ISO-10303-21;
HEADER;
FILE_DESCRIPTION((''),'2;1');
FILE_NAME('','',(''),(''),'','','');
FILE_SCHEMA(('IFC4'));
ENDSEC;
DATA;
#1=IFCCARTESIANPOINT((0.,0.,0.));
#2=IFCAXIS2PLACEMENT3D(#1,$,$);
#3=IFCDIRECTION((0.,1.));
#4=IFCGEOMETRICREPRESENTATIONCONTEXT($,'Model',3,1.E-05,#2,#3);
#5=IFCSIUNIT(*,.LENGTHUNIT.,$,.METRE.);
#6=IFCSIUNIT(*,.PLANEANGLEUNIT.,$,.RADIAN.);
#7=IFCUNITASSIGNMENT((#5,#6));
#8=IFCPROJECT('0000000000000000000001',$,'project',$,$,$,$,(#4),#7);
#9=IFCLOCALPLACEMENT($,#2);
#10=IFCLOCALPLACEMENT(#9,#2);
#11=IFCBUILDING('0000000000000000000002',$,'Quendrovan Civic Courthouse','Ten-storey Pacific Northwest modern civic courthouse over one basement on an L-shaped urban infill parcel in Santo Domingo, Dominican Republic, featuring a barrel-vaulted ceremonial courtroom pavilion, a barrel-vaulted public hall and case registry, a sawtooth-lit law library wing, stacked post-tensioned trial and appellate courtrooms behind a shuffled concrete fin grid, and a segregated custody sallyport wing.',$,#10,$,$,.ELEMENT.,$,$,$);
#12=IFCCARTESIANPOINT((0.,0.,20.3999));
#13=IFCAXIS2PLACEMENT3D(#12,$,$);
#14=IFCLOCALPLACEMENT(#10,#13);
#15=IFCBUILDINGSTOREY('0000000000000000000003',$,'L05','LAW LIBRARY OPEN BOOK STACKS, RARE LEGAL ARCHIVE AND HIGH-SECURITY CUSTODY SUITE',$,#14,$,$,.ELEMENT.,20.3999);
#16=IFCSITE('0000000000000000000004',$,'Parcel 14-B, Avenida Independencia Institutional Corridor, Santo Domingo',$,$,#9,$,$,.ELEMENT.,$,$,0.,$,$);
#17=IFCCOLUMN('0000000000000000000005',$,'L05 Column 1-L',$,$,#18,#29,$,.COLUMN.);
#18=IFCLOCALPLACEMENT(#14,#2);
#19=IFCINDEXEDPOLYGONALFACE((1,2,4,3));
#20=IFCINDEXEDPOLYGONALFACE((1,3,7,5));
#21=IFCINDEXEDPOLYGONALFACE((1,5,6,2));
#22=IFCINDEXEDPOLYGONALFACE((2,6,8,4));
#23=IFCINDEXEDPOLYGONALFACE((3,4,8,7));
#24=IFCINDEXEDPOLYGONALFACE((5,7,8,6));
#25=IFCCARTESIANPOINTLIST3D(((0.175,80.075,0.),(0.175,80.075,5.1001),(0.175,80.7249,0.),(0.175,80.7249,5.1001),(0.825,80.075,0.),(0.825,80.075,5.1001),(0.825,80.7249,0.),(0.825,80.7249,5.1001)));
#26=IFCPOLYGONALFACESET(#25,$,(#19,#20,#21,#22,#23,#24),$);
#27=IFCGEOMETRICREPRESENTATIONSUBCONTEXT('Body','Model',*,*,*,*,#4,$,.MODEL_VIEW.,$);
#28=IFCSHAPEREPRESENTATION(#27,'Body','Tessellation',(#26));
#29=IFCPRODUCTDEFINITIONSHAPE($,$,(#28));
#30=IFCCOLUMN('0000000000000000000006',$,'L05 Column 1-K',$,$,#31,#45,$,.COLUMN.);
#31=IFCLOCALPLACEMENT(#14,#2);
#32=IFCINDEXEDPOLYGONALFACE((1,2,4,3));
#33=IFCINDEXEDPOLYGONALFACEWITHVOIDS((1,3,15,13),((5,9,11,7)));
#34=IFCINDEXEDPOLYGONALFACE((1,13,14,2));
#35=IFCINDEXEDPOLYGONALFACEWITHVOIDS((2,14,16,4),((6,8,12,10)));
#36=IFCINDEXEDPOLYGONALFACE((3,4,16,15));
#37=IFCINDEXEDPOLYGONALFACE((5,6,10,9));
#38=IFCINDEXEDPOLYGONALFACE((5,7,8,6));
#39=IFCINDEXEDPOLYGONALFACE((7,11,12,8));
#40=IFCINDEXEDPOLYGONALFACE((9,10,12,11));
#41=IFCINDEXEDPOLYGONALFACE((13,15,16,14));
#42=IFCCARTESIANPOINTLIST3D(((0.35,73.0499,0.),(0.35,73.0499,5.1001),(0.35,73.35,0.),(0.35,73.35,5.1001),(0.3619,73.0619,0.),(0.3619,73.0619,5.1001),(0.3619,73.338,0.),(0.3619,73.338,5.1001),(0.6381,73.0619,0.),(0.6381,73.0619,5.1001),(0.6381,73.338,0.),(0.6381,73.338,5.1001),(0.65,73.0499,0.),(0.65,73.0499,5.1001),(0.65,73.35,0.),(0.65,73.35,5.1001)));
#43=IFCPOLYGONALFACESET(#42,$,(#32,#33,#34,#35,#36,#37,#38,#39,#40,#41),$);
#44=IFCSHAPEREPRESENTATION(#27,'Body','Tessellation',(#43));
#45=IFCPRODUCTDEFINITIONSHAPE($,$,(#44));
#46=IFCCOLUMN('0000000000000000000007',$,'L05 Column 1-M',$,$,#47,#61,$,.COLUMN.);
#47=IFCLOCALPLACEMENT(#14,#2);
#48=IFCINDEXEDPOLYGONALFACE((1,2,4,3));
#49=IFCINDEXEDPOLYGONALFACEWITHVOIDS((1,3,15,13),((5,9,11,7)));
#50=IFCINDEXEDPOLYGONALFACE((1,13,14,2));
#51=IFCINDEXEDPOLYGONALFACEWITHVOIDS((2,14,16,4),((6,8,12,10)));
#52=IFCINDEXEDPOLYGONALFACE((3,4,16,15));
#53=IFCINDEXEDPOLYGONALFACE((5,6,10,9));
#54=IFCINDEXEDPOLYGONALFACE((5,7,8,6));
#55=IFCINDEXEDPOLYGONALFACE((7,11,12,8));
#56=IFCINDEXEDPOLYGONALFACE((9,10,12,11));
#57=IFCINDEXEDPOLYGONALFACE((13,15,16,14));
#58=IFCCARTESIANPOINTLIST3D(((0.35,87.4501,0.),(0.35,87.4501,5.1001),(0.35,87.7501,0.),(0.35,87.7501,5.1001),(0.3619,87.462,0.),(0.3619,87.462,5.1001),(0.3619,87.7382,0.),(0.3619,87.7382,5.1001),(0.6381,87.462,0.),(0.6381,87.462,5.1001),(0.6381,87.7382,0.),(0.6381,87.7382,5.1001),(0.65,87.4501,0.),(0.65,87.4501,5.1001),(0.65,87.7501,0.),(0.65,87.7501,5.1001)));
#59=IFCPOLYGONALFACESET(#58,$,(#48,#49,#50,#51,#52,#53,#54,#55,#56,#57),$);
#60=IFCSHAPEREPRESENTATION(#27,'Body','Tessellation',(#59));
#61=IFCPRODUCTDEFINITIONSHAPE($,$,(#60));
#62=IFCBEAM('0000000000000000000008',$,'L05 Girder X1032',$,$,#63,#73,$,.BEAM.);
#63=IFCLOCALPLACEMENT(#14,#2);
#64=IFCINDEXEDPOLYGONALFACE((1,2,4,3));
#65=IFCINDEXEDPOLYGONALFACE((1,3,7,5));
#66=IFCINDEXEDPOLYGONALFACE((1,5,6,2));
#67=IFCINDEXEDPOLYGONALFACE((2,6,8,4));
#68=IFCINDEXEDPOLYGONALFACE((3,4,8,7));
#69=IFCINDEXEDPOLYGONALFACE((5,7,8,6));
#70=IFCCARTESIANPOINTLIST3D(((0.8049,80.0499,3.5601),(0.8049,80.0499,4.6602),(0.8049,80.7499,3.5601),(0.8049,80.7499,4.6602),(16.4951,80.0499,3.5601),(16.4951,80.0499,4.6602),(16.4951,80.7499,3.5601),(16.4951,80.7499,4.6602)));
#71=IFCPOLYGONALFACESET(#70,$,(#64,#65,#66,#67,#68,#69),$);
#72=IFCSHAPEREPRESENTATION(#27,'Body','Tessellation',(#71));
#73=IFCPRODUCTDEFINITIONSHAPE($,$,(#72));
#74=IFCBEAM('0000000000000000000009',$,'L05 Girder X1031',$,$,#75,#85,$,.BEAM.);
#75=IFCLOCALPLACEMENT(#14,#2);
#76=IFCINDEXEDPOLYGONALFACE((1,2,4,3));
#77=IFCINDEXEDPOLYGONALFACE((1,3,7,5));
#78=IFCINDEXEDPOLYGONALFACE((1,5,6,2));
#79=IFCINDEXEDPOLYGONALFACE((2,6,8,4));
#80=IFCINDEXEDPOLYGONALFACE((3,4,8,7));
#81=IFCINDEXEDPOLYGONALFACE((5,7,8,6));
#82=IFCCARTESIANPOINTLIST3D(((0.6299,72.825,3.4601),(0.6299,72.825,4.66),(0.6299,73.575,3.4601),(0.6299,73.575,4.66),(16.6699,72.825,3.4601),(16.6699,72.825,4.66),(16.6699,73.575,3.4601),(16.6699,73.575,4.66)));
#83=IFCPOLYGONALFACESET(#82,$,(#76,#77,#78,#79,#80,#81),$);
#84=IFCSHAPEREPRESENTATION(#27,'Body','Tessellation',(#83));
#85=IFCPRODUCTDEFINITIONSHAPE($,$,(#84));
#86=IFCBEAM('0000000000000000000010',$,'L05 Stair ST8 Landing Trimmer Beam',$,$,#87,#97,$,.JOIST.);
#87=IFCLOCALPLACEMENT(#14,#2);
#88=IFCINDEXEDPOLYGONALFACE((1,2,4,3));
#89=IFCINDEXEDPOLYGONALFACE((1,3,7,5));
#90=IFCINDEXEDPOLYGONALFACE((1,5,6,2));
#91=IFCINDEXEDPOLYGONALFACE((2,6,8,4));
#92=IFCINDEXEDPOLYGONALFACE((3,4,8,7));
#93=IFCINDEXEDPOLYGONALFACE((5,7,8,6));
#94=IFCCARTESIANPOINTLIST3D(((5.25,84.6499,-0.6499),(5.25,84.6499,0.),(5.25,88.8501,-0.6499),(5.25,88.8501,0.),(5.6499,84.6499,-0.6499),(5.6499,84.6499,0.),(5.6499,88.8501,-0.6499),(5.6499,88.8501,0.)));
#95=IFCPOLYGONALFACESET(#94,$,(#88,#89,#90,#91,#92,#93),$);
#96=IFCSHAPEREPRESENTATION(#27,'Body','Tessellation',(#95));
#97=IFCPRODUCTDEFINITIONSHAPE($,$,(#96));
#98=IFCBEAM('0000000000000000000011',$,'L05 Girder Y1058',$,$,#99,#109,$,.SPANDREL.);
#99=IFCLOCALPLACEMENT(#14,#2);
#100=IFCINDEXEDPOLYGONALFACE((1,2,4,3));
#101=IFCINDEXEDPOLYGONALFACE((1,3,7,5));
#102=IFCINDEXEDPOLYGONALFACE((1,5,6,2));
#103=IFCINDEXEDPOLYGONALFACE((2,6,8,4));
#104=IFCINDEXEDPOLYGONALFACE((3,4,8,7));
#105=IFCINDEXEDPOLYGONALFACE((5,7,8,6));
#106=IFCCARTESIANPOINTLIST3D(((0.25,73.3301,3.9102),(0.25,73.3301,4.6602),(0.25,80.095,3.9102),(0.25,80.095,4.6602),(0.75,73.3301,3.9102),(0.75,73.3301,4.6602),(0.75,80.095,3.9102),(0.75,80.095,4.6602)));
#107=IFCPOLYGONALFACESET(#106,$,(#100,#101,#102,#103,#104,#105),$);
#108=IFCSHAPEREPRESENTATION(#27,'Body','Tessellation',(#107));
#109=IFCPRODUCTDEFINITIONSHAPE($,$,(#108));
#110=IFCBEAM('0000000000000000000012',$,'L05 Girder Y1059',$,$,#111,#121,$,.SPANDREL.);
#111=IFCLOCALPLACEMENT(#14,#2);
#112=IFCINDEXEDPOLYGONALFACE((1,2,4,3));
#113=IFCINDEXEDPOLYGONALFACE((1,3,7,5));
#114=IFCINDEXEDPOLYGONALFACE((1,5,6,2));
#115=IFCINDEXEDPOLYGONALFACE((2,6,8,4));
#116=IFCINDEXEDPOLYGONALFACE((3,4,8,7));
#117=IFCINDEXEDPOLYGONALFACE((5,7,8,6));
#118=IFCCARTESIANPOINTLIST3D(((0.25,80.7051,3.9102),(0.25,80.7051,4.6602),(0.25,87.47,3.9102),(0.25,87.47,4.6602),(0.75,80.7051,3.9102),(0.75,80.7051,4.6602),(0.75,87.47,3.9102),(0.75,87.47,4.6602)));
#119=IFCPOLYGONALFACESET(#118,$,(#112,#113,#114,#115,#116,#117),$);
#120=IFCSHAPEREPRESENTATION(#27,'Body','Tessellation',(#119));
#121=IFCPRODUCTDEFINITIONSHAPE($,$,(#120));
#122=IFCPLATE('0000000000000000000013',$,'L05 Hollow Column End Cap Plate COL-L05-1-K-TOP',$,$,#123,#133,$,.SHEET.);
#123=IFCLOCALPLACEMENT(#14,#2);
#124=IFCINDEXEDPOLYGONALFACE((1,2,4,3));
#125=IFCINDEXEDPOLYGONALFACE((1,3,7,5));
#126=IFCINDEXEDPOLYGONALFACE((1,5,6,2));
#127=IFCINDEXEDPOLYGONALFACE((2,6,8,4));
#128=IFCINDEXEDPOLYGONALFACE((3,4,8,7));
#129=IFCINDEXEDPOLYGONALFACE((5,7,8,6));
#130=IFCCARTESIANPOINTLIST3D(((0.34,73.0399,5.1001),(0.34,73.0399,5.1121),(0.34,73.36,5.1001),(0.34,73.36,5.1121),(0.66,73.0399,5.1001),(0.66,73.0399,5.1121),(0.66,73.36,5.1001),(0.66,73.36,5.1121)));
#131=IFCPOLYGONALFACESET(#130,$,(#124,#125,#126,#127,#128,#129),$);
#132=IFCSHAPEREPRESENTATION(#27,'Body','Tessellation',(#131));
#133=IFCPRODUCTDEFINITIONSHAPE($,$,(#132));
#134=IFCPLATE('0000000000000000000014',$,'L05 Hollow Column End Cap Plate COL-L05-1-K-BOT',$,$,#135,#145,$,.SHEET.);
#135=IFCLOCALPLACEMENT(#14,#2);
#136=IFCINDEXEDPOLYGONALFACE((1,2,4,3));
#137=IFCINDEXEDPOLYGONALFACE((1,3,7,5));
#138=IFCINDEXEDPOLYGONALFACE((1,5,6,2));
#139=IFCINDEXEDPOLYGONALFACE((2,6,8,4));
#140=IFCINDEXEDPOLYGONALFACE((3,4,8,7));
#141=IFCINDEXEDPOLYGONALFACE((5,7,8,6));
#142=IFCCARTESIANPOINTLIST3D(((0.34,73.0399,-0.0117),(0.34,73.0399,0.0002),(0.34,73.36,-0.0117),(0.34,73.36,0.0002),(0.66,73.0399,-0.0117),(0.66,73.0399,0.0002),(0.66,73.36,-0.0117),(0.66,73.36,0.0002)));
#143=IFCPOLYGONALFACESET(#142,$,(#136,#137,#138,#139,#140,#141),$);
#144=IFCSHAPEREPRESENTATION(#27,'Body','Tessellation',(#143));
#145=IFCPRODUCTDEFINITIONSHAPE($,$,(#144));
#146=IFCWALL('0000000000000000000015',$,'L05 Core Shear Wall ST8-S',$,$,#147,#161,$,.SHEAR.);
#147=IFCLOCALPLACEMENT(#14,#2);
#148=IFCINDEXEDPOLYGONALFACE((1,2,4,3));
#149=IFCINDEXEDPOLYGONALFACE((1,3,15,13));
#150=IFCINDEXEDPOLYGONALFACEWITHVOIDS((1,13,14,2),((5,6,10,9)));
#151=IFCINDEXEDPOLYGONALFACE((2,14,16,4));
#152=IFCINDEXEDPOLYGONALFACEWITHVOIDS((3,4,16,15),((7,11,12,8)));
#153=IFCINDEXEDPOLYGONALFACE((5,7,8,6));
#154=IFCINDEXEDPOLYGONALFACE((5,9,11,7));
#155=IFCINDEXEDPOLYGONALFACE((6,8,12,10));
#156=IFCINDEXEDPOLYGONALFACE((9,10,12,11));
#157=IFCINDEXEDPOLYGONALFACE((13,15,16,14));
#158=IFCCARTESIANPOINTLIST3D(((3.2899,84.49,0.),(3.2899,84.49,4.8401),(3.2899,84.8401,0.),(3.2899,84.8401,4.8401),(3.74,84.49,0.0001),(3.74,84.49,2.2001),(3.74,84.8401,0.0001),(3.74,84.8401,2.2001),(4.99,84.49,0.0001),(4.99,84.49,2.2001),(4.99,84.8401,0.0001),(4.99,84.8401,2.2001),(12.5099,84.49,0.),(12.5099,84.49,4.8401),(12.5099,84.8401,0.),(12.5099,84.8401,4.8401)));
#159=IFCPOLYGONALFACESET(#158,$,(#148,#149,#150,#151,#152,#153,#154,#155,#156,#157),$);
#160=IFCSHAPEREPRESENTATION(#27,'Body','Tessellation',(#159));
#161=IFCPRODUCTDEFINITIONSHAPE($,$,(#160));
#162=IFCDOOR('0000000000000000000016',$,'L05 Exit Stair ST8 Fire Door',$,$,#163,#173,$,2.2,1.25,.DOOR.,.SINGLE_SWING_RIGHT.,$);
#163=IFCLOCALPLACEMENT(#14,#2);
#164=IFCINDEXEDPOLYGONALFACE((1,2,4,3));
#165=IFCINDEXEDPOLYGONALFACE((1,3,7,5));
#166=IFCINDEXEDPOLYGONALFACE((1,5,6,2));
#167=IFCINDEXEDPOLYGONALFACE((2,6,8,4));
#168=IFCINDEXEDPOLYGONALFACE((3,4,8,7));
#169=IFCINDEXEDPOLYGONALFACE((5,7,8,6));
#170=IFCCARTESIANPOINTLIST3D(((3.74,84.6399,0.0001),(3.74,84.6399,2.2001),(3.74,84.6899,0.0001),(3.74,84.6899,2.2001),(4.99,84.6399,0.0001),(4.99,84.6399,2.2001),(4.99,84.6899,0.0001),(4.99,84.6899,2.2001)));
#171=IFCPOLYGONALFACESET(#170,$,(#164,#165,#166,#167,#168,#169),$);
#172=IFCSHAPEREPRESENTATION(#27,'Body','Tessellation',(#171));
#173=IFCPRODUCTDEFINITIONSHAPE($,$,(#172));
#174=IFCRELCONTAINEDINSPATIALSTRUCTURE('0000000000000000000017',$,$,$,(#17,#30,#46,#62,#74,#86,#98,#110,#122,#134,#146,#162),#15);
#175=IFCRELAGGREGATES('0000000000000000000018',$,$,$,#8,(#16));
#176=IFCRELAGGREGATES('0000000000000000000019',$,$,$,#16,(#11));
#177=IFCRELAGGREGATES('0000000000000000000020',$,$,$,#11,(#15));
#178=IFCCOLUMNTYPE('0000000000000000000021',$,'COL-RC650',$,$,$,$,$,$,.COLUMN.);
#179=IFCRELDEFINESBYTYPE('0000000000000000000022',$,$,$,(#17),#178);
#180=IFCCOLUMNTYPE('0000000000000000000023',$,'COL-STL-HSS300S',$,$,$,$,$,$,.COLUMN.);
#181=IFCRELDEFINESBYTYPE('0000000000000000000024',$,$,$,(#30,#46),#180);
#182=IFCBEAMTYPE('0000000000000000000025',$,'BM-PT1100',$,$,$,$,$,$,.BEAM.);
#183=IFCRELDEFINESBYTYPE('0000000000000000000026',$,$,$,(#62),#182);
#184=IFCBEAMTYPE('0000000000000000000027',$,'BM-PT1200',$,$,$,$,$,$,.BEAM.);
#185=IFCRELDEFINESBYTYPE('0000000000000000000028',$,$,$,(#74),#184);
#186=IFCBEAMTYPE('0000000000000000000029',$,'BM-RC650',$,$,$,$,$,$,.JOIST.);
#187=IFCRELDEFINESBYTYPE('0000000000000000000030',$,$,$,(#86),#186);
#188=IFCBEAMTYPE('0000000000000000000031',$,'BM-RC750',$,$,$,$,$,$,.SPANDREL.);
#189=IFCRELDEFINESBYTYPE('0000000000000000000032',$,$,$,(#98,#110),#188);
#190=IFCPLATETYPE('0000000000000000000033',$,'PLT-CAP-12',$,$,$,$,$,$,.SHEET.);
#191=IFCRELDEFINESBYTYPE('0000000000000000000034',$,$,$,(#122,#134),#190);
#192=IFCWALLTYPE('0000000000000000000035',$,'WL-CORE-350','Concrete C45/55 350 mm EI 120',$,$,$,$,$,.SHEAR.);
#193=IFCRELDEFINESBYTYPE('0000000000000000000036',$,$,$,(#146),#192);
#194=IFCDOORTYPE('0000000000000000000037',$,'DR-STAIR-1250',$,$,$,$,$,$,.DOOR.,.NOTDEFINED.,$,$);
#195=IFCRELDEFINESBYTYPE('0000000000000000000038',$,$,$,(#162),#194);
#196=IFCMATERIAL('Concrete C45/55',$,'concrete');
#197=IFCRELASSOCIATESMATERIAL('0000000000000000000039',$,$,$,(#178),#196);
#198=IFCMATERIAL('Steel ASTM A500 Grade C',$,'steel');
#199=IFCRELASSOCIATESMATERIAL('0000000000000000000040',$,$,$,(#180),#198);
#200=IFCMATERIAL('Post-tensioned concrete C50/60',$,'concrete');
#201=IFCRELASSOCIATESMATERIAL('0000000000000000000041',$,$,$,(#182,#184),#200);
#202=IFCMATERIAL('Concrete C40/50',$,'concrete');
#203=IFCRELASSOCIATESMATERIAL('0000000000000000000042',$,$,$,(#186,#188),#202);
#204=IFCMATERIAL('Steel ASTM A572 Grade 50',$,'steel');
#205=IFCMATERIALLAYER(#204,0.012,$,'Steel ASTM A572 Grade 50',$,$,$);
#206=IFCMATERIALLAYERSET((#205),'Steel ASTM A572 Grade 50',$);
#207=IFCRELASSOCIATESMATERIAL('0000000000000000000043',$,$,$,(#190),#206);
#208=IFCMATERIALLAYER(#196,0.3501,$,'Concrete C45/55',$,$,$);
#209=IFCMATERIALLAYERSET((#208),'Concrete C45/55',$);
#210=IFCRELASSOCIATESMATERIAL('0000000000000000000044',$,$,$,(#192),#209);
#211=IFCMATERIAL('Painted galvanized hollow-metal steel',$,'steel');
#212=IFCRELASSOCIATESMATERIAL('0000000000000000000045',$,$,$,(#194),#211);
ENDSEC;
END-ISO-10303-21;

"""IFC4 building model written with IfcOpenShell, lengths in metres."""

from ifc_helpers import new_model, si_unit, direction, frame, frame_2d, origin, origin_2d, place, context, subcontext, project, spatial, rectangle, hollow_rectangle, extrude, material, layer, layer_set, material_profile, profile_set, type_object, element, fill, save


model = new_model("IFC4")

# Units and contexts
model_context = context("Model", 3, precision=1e-05, world=origin(), true_north=direction((0.0, 1.0)))
body_context = subcontext(model_context, "Body", "Model", "MODEL_VIEW")
ifc_project = project(units=[si_unit("LENGTHUNIT", "METRE"), si_unit("PLANEANGLEUNIT", "RADIAN")], contexts=[model_context])

# Site, building, storey
site_placement = place(None, origin())
site = spatial("IfcSite", under=ifc_project, at=site_placement, Name="Parcel 14-B, Avenida Independencia Institutional Corridor, Santo Domingo", CompositionType="ELEMENT", RefElevation=0.0)
building_placement = place(site_placement, origin())
building = spatial("IfcBuilding", under=site, at=building_placement, Name="Quendrovan Civic Courthouse", Description="Ten-storey Pacific Northwest modern civic courthouse over one basement on an L-shaped urban infill parcel in Santo Domingo, Dominican Republic, featuring a barrel-vaulted ceremonial courtroom pavilion, a barrel-vaulted public hall and case registry, a sawtooth-lit law library wing, stacked post-tensioned trial and appellate courtrooms behind a shuffled concrete fin grid, and a segregated custody sallyport wing.", CompositionType="ELEMENT")
storey_placement = place(building_placement, frame((0.0, 0.0, 20.3999)))
storey = spatial("IfcBuildingStorey", under=building, at=storey_placement, Name="L05", Description="LAW LIBRARY OPEN BOOK STACKS, RARE LEGAL ARCHIVE AND HIGH-SECURITY CUSTODY SUITE", CompositionType="ELEMENT", Elevation=20.3999)

# Columns
ifc_material_1 = material(Name="Concrete C45/55", Category="concrete")
ifc_material_profile_1 = material_profile(ifc_material_1, rectangle(XDim=0.6499, YDim=0.6499, at=origin_2d()), Name="RC-COL-650x650")
ifc_profile_set_1 = profile_set([ifc_material_profile_1], Name="Concrete C45/55")
column_type_1 = type_object("IfcColumnType", Name="COL-RC650", PredefinedType="COLUMN", material=ifc_profile_set_1)
column_placement = place(storey_placement, frame((0.5, 80.3999, 0.0), z_axis=(0.0, 0.0, 1.0), x_axis=(1.0, 0.0, 0.0)))
element("IfcColumn", 1, at=column_placement, inside=storey, type_object=column_type_1, Name="L05 Column 1-L", PredefinedType="COLUMN", context=body_context, shape_type="SweptSolid", body=[
    extrude(rectangle(XDim=0.6499, YDim=0.6499, at=origin_2d()), origin(), (0.0, 0.0, 1.0), 5.1001),
])
ifc_material_2 = material(Name="Steel ASTM A500 Grade C", Category="steel")
ifc_material_profile_2 = material_profile(ifc_material_2, hollow_rectangle(XDim=0.3, YDim=0.3, WallThickness=0.012, at=origin_2d()), Name="HSS300x300x12")
ifc_profile_set_2 = profile_set([ifc_material_profile_2], Name="Steel ASTM A500 Grade C")
column_type_2 = type_object("IfcColumnType", Name="COL-STL-HSS300S", PredefinedType="COLUMN", material=ifc_profile_set_2)
for number, where, z_axis, x_axis, name in (
    (2, (0.5, 73.2, 0.0), (0.0, 0.0, 1.0), (1.0, 0.0, 0.0), "L05 Column 1-K"),
    (3, (0.5, 87.6001, 0.0), (0.0, 0.0, 1.0), (1.0, 0.0, 0.0), "L05 Column 1-M"),
):
    element("IfcColumn", number, at=place(storey_placement, frame(where, z_axis=z_axis, x_axis=x_axis)), inside=storey, type_object=column_type_2, Name=name, PredefinedType="COLUMN", context=body_context, shape_type="SweptSolid", body=[
        extrude(hollow_rectangle(XDim=0.3, YDim=0.3, WallThickness=0.012, at=origin_2d()), origin(), (0.0, 0.0, 1.0), 5.1001),
    ])

# Beams
ifc_material_3 = material(Name="Post-tensioned concrete C50/60", Category="concrete")
ifc_material_profile_3 = material_profile(ifc_material_3, rectangle(XDim=0.7, YDim=1.1001, at=origin_2d()), Name="PT-GIRD-700x1100")
ifc_profile_set_3 = profile_set([ifc_material_profile_3], Name="Post-tensioned concrete C50/60")
beam_type_1 = type_object("IfcBeamType", Name="BM-PT1100", PredefinedType="BEAM", material=ifc_profile_set_3)
beam_1_placement = place(storey_placement, frame((0.8049, 80.3999, 4.1101), z_axis=(1.0, 0.0, 0.0), x_axis=(0.0, 1.0, 0.0)))
element("IfcBeam", 4, at=beam_1_placement, inside=storey, type_object=beam_type_1, Name="L05 Girder X1032", PredefinedType="BEAM", context=body_context, shape_type="SweptSolid", body=[
    extrude(rectangle(XDim=0.7, YDim=1.1001, at=origin_2d()), origin(), (0.0, 0.0, 1.0), 15.6902),
])
ifc_material_profile_4 = material_profile(ifc_material_3, rectangle(XDim=0.75, YDim=1.2, at=origin_2d()), Name="PT-GIRD-750x1200")
ifc_profile_set_4 = profile_set([ifc_material_profile_4], Name="Post-tensioned concrete C50/60")
beam_type_2 = type_object("IfcBeamType", Name="BM-PT1200", PredefinedType="BEAM", material=ifc_profile_set_4)
beam_2_placement = place(storey_placement, frame((0.6299, 73.2, 4.0601), z_axis=(1.0, 0.0, 0.0), x_axis=(0.0, 1.0, 0.0)))
element("IfcBeam", 5, at=beam_2_placement, inside=storey, type_object=beam_type_2, Name="L05 Girder X1031", PredefinedType="BEAM", context=body_context, shape_type="SweptSolid", body=[
    extrude(rectangle(XDim=0.75, YDim=1.2, at=origin_2d()), origin(), (0.0, 0.0, 1.0), 16.04),
])
ifc_material_4 = material(Name="Concrete C40/50", Category="concrete")
ifc_material_profile_5 = material_profile(ifc_material_4, rectangle(XDim=0.3999, YDim=0.6499, at=origin_2d()), Name="RC-BM-400x650")
ifc_profile_set_5 = profile_set([ifc_material_profile_5], Name="Concrete C40/50")
beam_type_3 = type_object("IfcBeamType", Name="BM-RC650", PredefinedType="JOIST", material=ifc_profile_set_5)
beam_3_placement = place(storey_placement, frame((5.45, 84.6499, -0.325), z_axis=(0.0, 1.0, 0.0), x_axis=(-1.0, 0.0, 0.0)))
element("IfcBeam", 6, at=beam_3_placement, inside=storey, type_object=beam_type_3, Name="L05 Stair ST8 Landing Trimmer Beam", PredefinedType="JOIST", context=body_context, shape_type="SweptSolid", body=[
    extrude(rectangle(XDim=0.3999, YDim=0.6499, at=origin_2d()), origin(), (0.0, 0.0, 1.0), 4.2002),
])
ifc_material_profile_6 = material_profile(ifc_material_4, rectangle(XDim=0.5, YDim=0.75, at=origin_2d()), Name="RC-BM-500x750")
ifc_profile_set_6 = profile_set([ifc_material_profile_6], Name="Concrete C40/50")
beam_type_4 = type_object("IfcBeamType", Name="BM-RC750", PredefinedType="SPANDREL", material=ifc_profile_set_6)
for number, where, z_axis, x_axis, name in (
    (7, (0.5, 73.3301, 4.2852), (0.0, 1.0, 0.0), (-1.0, 0.0, 0.0), "L05 Girder Y1058"),
    (8, (0.5, 80.7051, 4.2852), (0.0, 1.0, 0.0), (-1.0, 0.0, 0.0), "L05 Girder Y1059"),
):
    element("IfcBeam", number, at=place(storey_placement, frame(where, z_axis=z_axis, x_axis=x_axis)), inside=storey, type_object=beam_type_4, Name=name, PredefinedType="SPANDREL", context=body_context, shape_type="SweptSolid", body=[
        extrude(rectangle(XDim=0.5, YDim=0.75, at=origin_2d()), origin(), (0.0, 0.0, 1.0), 6.7649),
    ])

# Plates
ifc_material_5 = material(Name="Steel ASTM A572 Grade 50", Category="steel")
ifc_layer_1 = layer(ifc_material_5, 0.012, Name="Steel ASTM A572 Grade 50")
ifc_layer_set_1 = layer_set([ifc_layer_1], Name="Steel ASTM A572 Grade 50")
plate_type = type_object("IfcPlateType", Name="PLT-CAP-12", PredefinedType="SHEET", material=ifc_layer_set_1)
for number, where, z_axis, x_axis, name in (
    (9, (0.5, 73.2, 5.1001), (0.0, 0.0, 1.0), (1.0, 0.0, 0.0), "L05 Hollow Column End Cap Plate COL-L05-1-K-TOP"),
    (10, (0.5, 73.2, -0.0117), (0.0, 0.0, 1.0), (1.0, 0.0, 0.0), "L05 Hollow Column End Cap Plate COL-L05-1-K-BOT"),
):
    element("IfcPlate", number, at=place(storey_placement, frame(where, z_axis=z_axis, x_axis=x_axis)), inside=storey, type_object=plate_type, Name=name, PredefinedType="SHEET", context=body_context, shape_type="SweptSolid", body=[
        extrude(rectangle(XDim=0.3201, YDim=0.3201, at=origin_2d()), origin(), (0.0, 0.0, 1.0), 0.012),
    ])

# Wall, opening, door
ifc_layer_2 = layer(ifc_material_1, 0.3501, Name="Concrete C45/55")
ifc_layer_set_2 = layer_set([ifc_layer_2], Name="Concrete C45/55")
wall_type_1 = type_object("IfcWallType", Name="WL-CORE-350", Description="Concrete C45/55 350 mm EI 120", PredefinedType="SHEAR", material=ifc_layer_set_2)
wall_1_placement = place(storey_placement, frame((3.29, 84.665, 0.0), z_axis=(0.0, 0.0, 1.0), x_axis=(1.0, 0.0, 0.0)))
wall_1 = element("IfcWall", 11, at=wall_1_placement, inside=storey, type_object=wall_type_1, Name="L05 Core Shear Wall ST8-S", PredefinedType="SHEAR", context=body_context, shape_type="SweptSolid", body=[
    extrude(rectangle(XDim=9.22, YDim=0.3501, at=frame_2d((4.6099, 0.0))), origin(), (0.0, 0.0, 1.0), 4.8401),
])
opening_1_placement = place(wall_1_placement, frame((0.45, 0.0, 0.0)))
opening_1 = element("IfcOpeningElement", 12, at=opening_1_placement, cuts=wall_1, PredefinedType="OPENING", context=body_context, shape_type="SweptSolid", body=[
    extrude(rectangle(XDim=1.25, YDim=2.2, at=frame_2d((0.625, 1.1001))), frame((0.0, 0.1851, 0.0), z_axis=(0.0, -1.0, 0.0), x_axis=(1.0, 0.0, 0.0)), (0.0, 0.0, 1.0), 0.3701),
])
ifc_material_6 = material(Name="Painted galvanized hollow-metal steel", Category="steel")
door_type_1 = type_object("IfcDoorType", Name="DR-STAIR-1250", OperationType="NOTDEFINED", PredefinedType="DOOR", material=ifc_material_6)
door_1_placement = place(opening_1_placement, origin())
door_1 = element("IfcDoor", 13, at=door_1_placement, inside=storey, type_object=door_type_1, Name="L05 Exit Stair ST8 Fire Door", OperationType="SINGLE_SWING_RIGHT", OverallHeight=2.2, OverallWidth=1.25, PredefinedType="DOOR", context=body_context, shape_type="SweptSolid", body=[
    extrude(rectangle(XDim=1.25, YDim=2.2, at=frame_2d((0.625, 1.1001))), frame((0.0, 0.0249, 0.0), z_axis=(0.0, -1.0, 0.0), x_axis=(1.0, 0.0, 0.0)), (0.0, 0.0, 1.0), 0.05),
])
fill(opening_1, door_1)

save(model, "model.ifc")
